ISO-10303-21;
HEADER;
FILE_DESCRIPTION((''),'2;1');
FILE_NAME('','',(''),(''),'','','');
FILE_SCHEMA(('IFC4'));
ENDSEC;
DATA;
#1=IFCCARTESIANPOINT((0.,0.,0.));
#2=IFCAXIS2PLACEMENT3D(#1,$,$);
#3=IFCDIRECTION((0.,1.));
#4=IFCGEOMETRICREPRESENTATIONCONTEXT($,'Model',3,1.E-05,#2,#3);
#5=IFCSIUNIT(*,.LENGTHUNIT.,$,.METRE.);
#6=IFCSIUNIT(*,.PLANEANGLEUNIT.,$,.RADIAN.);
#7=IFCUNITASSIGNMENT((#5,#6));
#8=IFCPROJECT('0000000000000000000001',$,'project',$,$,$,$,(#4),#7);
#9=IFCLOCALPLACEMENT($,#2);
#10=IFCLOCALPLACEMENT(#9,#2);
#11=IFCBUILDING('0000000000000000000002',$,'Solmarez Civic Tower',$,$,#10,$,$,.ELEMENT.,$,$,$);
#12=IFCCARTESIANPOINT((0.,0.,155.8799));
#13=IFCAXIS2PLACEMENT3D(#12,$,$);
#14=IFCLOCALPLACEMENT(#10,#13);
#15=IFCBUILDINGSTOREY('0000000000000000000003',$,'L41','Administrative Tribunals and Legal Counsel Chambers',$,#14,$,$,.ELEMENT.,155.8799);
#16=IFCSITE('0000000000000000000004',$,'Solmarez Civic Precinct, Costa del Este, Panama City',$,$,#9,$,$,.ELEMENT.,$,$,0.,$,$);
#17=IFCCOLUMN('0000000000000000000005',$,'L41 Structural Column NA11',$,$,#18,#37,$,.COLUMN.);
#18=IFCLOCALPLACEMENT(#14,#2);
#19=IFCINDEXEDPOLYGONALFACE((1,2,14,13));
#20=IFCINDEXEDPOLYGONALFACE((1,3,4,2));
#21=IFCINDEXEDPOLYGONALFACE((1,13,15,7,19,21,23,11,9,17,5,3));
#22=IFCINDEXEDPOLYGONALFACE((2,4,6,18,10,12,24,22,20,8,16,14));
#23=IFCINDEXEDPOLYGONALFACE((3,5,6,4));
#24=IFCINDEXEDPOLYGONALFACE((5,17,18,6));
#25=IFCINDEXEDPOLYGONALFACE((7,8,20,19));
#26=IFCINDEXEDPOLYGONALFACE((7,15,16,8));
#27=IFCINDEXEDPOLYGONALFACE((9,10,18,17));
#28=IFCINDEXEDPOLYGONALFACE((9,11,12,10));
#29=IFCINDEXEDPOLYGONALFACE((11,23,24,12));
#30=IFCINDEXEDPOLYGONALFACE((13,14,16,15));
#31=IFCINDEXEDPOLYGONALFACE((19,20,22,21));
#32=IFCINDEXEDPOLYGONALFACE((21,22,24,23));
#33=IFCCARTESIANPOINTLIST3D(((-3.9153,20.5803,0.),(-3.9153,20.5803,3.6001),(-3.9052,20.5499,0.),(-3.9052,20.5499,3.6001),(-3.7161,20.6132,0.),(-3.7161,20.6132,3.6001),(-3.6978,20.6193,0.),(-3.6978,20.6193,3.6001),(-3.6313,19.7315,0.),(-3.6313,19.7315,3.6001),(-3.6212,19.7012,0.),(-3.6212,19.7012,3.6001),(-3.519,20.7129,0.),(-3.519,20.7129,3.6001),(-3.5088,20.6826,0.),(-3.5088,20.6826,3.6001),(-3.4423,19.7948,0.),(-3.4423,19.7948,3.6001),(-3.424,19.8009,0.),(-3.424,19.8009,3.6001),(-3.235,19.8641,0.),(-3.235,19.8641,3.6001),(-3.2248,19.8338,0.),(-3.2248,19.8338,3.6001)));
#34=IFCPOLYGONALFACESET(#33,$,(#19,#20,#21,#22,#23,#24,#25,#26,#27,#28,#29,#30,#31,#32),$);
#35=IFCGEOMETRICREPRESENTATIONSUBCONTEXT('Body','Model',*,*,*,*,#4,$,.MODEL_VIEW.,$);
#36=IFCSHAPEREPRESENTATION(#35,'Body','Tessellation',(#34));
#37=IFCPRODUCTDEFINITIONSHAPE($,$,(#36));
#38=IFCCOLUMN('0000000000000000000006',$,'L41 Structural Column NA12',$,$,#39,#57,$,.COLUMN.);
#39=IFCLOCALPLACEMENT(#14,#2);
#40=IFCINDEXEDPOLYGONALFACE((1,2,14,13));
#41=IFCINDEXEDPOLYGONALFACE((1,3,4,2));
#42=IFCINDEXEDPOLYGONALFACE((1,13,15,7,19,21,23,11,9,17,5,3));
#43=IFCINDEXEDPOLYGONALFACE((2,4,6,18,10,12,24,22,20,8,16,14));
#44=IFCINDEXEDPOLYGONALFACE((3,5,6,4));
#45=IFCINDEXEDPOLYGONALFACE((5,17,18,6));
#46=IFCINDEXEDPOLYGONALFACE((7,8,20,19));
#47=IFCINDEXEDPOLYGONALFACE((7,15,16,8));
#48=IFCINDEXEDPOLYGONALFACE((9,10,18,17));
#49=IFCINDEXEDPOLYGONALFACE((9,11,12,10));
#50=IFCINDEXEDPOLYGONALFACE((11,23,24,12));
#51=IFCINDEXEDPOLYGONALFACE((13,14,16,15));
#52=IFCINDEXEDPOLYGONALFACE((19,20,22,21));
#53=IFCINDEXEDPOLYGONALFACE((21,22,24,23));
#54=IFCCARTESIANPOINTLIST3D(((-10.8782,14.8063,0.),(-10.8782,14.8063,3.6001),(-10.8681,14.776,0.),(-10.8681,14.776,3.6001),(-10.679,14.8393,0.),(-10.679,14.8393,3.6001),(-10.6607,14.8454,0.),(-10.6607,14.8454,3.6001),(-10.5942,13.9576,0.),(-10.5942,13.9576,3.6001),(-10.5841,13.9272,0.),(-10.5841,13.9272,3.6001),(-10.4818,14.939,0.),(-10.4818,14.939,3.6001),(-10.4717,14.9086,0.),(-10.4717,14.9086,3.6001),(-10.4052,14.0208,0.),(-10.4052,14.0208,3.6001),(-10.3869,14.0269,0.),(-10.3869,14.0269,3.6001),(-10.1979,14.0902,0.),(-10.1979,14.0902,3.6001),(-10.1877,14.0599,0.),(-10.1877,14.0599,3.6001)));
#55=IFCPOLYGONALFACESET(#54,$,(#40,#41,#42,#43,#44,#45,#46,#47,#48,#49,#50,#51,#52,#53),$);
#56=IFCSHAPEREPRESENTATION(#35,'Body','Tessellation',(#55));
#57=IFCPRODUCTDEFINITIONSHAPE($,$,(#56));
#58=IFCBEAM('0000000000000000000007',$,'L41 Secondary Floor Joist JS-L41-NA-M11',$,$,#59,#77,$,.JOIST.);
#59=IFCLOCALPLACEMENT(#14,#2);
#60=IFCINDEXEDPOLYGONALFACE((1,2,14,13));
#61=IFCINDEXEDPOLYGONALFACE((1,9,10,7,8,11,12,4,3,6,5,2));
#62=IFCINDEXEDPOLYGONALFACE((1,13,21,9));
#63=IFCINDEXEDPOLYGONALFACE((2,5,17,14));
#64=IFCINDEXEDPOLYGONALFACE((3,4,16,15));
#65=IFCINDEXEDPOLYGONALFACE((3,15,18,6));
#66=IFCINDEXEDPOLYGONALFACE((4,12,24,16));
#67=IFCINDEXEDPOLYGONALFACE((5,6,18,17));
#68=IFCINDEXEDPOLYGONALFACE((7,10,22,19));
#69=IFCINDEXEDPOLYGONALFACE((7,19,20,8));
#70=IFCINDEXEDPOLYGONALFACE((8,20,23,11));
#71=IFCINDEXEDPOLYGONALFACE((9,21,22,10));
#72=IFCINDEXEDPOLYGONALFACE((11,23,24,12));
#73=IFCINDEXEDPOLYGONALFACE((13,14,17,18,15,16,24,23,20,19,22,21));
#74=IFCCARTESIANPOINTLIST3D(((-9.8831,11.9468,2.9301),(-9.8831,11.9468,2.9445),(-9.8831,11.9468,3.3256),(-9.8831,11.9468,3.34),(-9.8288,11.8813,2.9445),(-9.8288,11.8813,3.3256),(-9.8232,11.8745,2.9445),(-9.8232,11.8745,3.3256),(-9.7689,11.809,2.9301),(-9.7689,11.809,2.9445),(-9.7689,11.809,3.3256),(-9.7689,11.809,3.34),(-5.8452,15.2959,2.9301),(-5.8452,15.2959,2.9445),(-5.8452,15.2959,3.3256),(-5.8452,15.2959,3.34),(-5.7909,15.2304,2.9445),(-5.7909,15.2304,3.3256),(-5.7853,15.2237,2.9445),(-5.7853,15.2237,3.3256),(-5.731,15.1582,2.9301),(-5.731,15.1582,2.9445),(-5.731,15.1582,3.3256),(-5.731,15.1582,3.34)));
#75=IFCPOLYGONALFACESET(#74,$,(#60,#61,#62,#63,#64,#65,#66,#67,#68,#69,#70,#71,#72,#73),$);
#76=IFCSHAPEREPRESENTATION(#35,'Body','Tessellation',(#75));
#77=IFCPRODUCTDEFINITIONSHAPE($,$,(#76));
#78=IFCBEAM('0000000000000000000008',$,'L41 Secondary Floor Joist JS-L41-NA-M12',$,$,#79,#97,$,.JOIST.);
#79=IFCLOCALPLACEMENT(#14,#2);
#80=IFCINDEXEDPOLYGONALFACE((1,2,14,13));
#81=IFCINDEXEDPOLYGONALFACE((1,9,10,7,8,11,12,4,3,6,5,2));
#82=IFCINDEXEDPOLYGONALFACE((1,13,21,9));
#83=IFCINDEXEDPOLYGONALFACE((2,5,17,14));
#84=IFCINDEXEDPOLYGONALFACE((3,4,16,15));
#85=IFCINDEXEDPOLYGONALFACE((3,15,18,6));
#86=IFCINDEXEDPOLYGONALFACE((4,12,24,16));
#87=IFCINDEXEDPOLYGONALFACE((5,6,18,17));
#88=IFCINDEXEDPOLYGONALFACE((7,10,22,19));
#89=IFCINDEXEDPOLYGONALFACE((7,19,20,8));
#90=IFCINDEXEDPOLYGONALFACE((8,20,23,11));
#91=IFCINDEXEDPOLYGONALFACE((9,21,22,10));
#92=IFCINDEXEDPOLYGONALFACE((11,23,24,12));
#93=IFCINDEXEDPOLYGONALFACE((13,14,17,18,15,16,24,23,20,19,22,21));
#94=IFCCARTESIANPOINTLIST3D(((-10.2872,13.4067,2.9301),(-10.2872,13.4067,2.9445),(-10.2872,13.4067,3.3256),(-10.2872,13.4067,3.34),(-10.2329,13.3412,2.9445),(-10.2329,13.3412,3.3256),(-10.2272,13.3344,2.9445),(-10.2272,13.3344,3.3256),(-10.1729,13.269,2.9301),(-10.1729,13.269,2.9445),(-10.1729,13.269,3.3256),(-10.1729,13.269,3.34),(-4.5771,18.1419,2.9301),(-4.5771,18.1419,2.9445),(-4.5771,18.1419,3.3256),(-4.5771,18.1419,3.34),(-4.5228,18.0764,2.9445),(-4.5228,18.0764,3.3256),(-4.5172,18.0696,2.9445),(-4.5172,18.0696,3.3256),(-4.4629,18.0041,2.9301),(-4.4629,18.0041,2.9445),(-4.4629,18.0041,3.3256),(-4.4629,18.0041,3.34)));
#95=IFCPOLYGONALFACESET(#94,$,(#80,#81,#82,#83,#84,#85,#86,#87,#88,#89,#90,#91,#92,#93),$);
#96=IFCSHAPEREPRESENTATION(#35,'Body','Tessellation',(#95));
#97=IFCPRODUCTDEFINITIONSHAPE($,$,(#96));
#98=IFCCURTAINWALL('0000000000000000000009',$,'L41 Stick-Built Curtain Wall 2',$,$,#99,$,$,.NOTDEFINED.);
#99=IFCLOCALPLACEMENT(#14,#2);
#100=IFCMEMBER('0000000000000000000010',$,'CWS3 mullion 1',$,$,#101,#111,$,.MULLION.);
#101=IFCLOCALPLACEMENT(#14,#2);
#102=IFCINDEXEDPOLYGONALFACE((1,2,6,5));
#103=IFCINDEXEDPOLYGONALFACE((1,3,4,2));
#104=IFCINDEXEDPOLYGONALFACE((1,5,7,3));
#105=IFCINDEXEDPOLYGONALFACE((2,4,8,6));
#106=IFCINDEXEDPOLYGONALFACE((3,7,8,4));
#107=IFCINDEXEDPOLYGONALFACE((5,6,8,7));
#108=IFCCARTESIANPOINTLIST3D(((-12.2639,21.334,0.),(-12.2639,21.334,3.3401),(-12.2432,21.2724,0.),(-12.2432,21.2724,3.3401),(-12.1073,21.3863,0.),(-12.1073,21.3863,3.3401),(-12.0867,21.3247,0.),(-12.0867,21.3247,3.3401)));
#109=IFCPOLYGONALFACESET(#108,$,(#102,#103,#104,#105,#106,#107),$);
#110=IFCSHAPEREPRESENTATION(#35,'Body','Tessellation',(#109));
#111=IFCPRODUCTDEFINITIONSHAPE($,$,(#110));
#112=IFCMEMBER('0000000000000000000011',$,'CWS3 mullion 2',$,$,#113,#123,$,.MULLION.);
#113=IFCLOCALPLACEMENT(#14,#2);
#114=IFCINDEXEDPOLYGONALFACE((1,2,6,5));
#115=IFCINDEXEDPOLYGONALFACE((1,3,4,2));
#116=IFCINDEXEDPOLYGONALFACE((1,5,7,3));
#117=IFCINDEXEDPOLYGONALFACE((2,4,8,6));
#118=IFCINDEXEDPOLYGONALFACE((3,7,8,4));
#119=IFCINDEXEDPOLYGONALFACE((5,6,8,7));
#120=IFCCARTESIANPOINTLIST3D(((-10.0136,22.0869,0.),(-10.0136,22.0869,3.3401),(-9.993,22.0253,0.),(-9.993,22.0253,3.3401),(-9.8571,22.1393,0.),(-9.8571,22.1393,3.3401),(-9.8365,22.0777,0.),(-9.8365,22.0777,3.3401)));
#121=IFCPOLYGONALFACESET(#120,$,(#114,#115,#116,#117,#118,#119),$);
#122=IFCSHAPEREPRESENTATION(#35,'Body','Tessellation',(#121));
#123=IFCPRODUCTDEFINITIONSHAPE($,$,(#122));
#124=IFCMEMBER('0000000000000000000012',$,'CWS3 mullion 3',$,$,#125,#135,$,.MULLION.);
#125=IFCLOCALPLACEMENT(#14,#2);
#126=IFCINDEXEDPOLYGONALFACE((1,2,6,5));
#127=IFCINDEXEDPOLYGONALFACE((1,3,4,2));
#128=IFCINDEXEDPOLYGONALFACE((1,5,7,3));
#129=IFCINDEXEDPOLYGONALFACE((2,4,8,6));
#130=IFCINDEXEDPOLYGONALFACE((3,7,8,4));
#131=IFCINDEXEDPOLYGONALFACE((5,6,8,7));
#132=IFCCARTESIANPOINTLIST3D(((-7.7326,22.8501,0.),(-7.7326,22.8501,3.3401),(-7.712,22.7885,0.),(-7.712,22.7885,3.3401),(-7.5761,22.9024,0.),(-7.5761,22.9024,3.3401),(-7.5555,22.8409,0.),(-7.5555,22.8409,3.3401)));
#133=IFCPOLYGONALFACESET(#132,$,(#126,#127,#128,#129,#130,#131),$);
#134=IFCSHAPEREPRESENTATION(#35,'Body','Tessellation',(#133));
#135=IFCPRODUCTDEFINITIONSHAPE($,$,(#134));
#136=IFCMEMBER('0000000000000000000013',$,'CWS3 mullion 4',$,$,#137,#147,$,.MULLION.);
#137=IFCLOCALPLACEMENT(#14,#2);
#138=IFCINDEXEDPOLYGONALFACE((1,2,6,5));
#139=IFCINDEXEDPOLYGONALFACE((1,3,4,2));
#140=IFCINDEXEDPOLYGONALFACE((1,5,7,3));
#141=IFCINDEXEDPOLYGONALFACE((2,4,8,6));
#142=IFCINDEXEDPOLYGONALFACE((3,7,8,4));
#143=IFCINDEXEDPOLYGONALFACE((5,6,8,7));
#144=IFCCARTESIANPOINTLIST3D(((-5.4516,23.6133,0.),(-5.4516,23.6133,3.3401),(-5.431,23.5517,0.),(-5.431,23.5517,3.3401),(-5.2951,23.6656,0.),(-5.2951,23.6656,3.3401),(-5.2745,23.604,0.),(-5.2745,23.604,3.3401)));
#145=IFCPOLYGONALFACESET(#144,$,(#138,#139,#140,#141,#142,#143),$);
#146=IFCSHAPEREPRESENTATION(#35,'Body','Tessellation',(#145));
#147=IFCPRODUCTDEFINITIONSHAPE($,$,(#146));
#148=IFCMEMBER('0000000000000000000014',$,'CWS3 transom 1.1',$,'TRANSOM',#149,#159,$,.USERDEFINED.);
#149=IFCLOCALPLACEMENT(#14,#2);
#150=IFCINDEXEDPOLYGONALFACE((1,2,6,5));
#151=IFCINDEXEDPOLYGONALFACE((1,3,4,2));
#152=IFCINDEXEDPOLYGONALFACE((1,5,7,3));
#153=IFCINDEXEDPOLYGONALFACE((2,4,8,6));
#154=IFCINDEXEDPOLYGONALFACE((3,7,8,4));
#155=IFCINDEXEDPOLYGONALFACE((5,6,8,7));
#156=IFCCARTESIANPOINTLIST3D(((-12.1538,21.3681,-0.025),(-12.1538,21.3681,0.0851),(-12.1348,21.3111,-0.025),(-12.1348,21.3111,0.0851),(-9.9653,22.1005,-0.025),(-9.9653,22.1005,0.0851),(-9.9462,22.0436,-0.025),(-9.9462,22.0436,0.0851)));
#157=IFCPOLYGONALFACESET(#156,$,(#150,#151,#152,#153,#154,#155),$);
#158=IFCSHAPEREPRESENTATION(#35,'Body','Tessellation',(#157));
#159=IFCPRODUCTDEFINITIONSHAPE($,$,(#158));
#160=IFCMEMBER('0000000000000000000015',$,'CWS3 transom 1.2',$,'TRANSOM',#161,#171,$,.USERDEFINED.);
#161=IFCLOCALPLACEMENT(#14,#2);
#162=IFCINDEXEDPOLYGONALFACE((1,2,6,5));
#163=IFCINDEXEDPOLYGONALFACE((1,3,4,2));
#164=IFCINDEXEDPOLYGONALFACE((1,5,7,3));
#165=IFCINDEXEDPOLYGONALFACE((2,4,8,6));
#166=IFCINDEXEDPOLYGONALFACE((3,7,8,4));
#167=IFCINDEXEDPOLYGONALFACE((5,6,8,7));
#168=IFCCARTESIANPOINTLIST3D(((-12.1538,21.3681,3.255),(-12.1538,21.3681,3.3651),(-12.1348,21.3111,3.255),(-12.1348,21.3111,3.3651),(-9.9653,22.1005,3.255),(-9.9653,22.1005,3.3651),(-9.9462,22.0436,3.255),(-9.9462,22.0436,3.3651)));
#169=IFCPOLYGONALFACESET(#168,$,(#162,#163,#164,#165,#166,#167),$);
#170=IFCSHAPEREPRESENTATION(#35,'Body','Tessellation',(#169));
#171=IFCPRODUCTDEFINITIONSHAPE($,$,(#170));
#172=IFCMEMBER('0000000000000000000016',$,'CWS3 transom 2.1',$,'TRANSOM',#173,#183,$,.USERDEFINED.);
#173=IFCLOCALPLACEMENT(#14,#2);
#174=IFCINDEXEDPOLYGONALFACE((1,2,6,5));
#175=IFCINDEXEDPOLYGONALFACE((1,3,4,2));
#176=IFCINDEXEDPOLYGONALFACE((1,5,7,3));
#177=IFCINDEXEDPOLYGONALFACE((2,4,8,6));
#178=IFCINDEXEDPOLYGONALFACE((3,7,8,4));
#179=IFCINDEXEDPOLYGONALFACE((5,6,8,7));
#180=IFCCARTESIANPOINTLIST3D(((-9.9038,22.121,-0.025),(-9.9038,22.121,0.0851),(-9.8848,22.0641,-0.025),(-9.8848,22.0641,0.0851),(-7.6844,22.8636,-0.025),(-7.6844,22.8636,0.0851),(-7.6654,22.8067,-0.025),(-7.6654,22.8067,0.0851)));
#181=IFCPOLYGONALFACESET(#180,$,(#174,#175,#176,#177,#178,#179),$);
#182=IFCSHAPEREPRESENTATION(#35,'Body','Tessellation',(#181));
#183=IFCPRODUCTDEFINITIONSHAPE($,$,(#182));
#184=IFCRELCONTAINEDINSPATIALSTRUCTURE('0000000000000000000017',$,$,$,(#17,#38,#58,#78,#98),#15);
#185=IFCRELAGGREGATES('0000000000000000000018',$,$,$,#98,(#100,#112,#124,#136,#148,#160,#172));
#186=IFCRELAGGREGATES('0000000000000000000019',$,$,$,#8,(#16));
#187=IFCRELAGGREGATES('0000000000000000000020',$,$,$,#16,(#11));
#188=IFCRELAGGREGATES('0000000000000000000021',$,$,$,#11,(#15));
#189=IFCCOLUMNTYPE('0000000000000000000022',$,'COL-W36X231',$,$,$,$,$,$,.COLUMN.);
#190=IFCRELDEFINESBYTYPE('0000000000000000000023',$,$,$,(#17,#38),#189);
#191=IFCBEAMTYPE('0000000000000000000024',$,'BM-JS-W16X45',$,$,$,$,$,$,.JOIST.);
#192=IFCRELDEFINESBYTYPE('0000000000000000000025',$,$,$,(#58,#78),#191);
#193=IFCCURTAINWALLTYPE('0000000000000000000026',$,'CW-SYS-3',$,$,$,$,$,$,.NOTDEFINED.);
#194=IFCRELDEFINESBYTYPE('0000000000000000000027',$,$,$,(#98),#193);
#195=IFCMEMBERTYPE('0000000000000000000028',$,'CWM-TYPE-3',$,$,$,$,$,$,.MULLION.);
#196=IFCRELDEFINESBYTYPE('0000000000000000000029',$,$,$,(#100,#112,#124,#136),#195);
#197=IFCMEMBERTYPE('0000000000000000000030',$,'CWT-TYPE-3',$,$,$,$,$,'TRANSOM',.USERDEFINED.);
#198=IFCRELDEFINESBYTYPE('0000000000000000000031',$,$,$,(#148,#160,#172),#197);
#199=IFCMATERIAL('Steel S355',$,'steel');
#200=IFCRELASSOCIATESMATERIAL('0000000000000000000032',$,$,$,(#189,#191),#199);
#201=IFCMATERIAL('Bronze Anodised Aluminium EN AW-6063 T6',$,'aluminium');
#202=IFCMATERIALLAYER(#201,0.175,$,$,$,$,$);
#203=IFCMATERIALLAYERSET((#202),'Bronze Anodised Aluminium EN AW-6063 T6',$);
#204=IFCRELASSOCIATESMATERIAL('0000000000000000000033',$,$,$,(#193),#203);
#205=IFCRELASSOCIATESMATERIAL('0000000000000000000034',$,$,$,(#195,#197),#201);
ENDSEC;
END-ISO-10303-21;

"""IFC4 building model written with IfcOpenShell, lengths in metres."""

from ifc_helpers import new_model, si_unit, direction, frame, origin, origin_2d, place, context, subcontext, project, spatial, rectangle, i_section, extrude, material, layer, layer_set, material_profile, profile_set, type_object, element, aggregate, save


model = new_model("IFC4")

# Units and contexts
model_context = context("Model", 3, precision=1e-05, world=origin(), true_north=direction((0.0, 1.0)))
body_context = subcontext(model_context, "Body", "Model", "MODEL_VIEW")
ifc_project = project(units=[si_unit("LENGTHUNIT", "METRE"), si_unit("PLANEANGLEUNIT", "RADIAN")], contexts=[model_context])

# Site, building, storey
site_placement = place(None, origin())
site = spatial("IfcSite", under=ifc_project, at=site_placement, Name="Solmarez Civic Precinct, Costa del Este, Panama City", CompositionType="ELEMENT", RefElevation=0.0)
building_placement = place(site_placement, origin())
building = spatial("IfcBuilding", under=site, at=building_placement, Name="Solmarez Civic Tower", CompositionType="ELEMENT")
storey_placement = place(building_placement, frame((0.0, 0.0, 155.8799)))
storey = spatial("IfcBuildingStorey", under=building, at=storey_placement, Name="L41", Description="Administrative Tribunals and Legal Counsel Chambers", CompositionType="ELEMENT", Elevation=155.8799)

# Columns
ifc_material_1 = material(Name="Steel S355", Category="steel")
ifc_material_profile_1 = material_profile(ifc_material_1, i_section(OverallWidth=0.418, OverallDepth=0.927, WebThickness=0.0193, FlangeThickness=0.032, at=origin_2d()), Name="W36X231")
ifc_profile_set_1 = profile_set([ifc_material_profile_1], Name="Steel S355")
column_type = type_object("IfcColumnType", Name="COL-W36X231", PredefinedType="COLUMN", material=ifc_profile_set_1)
for number, where, z_axis, x_axis, name in (
    (1, (-3.5701, 20.207, 0.0), (0.0, 0.0, 1.0), (0.948324, 0.317305, 0.0), "L41 Structural Column NA11"),
    (2, (-10.533, 14.4331, 0.0), (0.0, 0.0, 1.0), (0.948324, 0.317305, 0.0), "L41 Structural Column NA12"),
):
    element("IfcColumn", number, at=place(storey_placement, frame(where, z_axis=z_axis, x_axis=x_axis)), inside=storey, type_object=column_type, Name=name, PredefinedType="COLUMN", context=body_context, shape_type="SweptSolid", body=[
        extrude(i_section(OverallWidth=0.418, OverallDepth=0.927, WebThickness=0.0193, FlangeThickness=0.032, at=origin_2d()), origin(), (0.0, 0.0, 1.0), 3.6001),
    ])

# Beams
ifc_material_profile_2 = material_profile(ifc_material_1, i_section(OverallWidth=0.179, OverallDepth=0.4099, WebThickness=0.0088, FlangeThickness=0.0144, at=origin_2d()), Name="W16X45")
ifc_profile_set_2 = profile_set([ifc_material_profile_2], Name="Steel S355")
beam_type = type_object("IfcBeamType", Name="BM-JS-W16X45", PredefinedType="JOIST", material=ifc_profile_set_2)
beam_1_placement = place(storey_placement, frame((-5.7881, 15.2271, 3.135), z_axis=(-0.769695, -0.638411, 0.0), x_axis=(0.638411, -0.769695, 0.0)))
element("IfcBeam", 3, at=beam_1_placement, inside=storey, type_object=beam_type, Name="L41 Secondary Floor Joist JS-L41-NA-M11", PredefinedType="JOIST", context=body_context, shape_type="SweptSolid", body=[
    extrude(i_section(OverallWidth=0.179, OverallDepth=0.4099, WebThickness=0.0088, FlangeThickness=0.0144, at=origin_2d()), origin(), (0.0, 0.0, 1.0), 5.2461),
])
beam_2_placement = place(storey_placement, frame((-4.52, 18.073, 3.135), z_axis=(-0.769757, -0.638337, 0.0), x_axis=(0.638337, -0.769757, 0.0)))
element("IfcBeam", 4, at=beam_2_placement, inside=storey, type_object=beam_type, Name="L41 Secondary Floor Joist JS-L41-NA-M12", PredefinedType="JOIST", context=body_context, shape_type="SweptSolid", body=[
    extrude(i_section(OverallWidth=0.179, OverallDepth=0.4099, WebThickness=0.0088, FlangeThickness=0.0144, at=origin_2d()), origin(), (0.0, 0.0, 1.0), 7.418),
])

# Curtain wall, members
ifc_material_2 = material(Name="Bronze Anodised Aluminium EN AW-6063 T6", Category="aluminium")
ifc_layer_1 = layer(ifc_material_2, 0.175)
ifc_layer_set_1 = layer_set([ifc_layer_1], Name="Bronze Anodised Aluminium EN AW-6063 T6")
curtain_wall_type = type_object("IfcCurtainWallType", Name="CW-SYS-3", PredefinedType="NOTDEFINED", material=ifc_layer_set_1)
curtain_wall_placement = place(storey_placement, origin())
curtain_wall = element("IfcCurtainWall", 5, at=curtain_wall_placement, inside=storey, type_object=curtain_wall_type, Name="L41 Stick-Built Curtain Wall 2", PredefinedType="NOTDEFINED")
ifc_material_profile_3 = material_profile(ifc_material_2, rectangle(XDim=0.0649, YDim=0.165, at=origin_2d()), Name="CWM-65X165")
ifc_profile_set_3 = profile_set([ifc_material_profile_3], Name="Bronze Anodised Aluminium EN AW-6063 T6")
member_type_1 = type_object("IfcMemberType", Name="CWM-TYPE-3", PredefinedType="MULLION", material=ifc_profile_set_3)
member_1_placement = place(storey_placement, frame((-12.1753, 21.3293, 0.0), z_axis=(0.0, 0.0, 1.0), x_axis=(-0.317319, 0.948319, 0.0)))
member_1 = element("IfcMember", 6, at=member_1_placement, type_object=member_type_1, Name="CWS3 mullion 1", PredefinedType="MULLION", context=body_context, shape_type="SweptSolid", body=[
    extrude(rectangle(XDim=0.0649, YDim=0.165, at=origin_2d()), origin(), (0.0, 0.0, 1.0), 3.3401),
])
member_2_placement = place(storey_placement, frame((-9.925, 22.0823, 0.0), z_axis=(0.0, 0.0, 1.0), x_axis=(-0.317319, 0.948319, 0.0)))
member_2 = element("IfcMember", 7, at=member_2_placement, type_object=member_type_1, Name="CWS3 mullion 2", PredefinedType="MULLION", context=body_context, shape_type="SweptSolid", body=[
    extrude(rectangle(XDim=0.0649, YDim=0.165, at=origin_2d()), origin(), (0.0, 0.0, 1.0), 3.3401),
])
member_3_placement = place(storey_placement, frame((-7.644, 22.8455, 0.0), z_axis=(0.0, 0.0, 1.0), x_axis=(-0.317319, 0.948319, 0.0)))
member_3 = element("IfcMember", 8, at=member_3_placement, type_object=member_type_1, Name="CWS3 mullion 3", PredefinedType="MULLION", context=body_context, shape_type="SweptSolid", body=[
    extrude(rectangle(XDim=0.0649, YDim=0.165, at=origin_2d()), origin(), (0.0, 0.0, 1.0), 3.3401),
])
member_4_placement = place(storey_placement, frame((-5.363, 23.6086, 0.0), z_axis=(0.0, 0.0, 1.0), x_axis=(-0.317319, 0.948319, 0.0)))
member_4 = element("IfcMember", 9, at=member_4_placement, type_object=member_type_1, Name="CWS3 mullion 4", PredefinedType="MULLION", context=body_context, shape_type="SweptSolid", body=[
    extrude(rectangle(XDim=0.0649, YDim=0.165, at=origin_2d()), origin(), (0.0, 0.0, 1.0), 3.3401),
])
ifc_material_profile_4 = material_profile(ifc_material_2, rectangle(XDim=0.0601, YDim=0.1101, at=origin_2d()), Name="CWT-60X110")
ifc_profile_set_4 = profile_set([ifc_material_profile_4], Name="Bronze Anodised Aluminium EN AW-6063 T6")
member_type_2 = type_object("IfcMemberType", Name="CWT-TYPE-3", ElementType="TRANSOM", PredefinedType="USERDEFINED", material=ifc_profile_set_4)
member_5_placement = place(storey_placement, frame((-12.1443, 21.3396, 0.03), z_axis=(0.948302, 0.31737, 0.0), x_axis=(-0.31737, 0.948302, 0.0)))
member_5 = element("IfcMember", 10, at=member_5_placement, type_object=member_type_2, Name="CWS3 transom 1.1", ObjectType="TRANSOM", PredefinedType="USERDEFINED", context=body_context, shape_type="SweptSolid", body=[
    extrude(rectangle(XDim=0.0601, YDim=0.1101, at=origin_2d()), origin(), (0.0, 0.0, 1.0), 2.3079),
])
member_6_placement = place(storey_placement, frame((-12.1443, 21.3396, 3.3101), z_axis=(0.948302, 0.31737, 0.0), x_axis=(-0.31737, 0.948302, 0.0)))
member_6 = element("IfcMember", 11, at=member_6_placement, type_object=member_type_2, Name="CWS3 transom 1.2", ObjectType="TRANSOM", PredefinedType="USERDEFINED", context=body_context, shape_type="SweptSolid", body=[
    extrude(rectangle(XDim=0.0601, YDim=0.1101, at=origin_2d()), origin(), (0.0, 0.0, 1.0), 2.3079),
])
member_7_placement = place(storey_placement, frame((-9.8943, 22.0925, 0.03), z_axis=(0.948318, 0.317323, 0.0), x_axis=(-0.317323, 0.948318, 0.0)))
member_7 = element("IfcMember", 12, at=member_7_placement, type_object=member_type_2, Name="CWS3 transom 2.1", ObjectType="TRANSOM", PredefinedType="USERDEFINED", context=body_context, shape_type="SweptSolid", body=[
    extrude(rectangle(XDim=0.0601, YDim=0.1101, at=origin_2d()), origin(), (0.0, 0.0, 1.0), 2.3403),
])
aggregate(curtain_wall, [member_1, member_2, member_3, member_4, member_5, member_6, member_7])

save(model, "model.ifc")
